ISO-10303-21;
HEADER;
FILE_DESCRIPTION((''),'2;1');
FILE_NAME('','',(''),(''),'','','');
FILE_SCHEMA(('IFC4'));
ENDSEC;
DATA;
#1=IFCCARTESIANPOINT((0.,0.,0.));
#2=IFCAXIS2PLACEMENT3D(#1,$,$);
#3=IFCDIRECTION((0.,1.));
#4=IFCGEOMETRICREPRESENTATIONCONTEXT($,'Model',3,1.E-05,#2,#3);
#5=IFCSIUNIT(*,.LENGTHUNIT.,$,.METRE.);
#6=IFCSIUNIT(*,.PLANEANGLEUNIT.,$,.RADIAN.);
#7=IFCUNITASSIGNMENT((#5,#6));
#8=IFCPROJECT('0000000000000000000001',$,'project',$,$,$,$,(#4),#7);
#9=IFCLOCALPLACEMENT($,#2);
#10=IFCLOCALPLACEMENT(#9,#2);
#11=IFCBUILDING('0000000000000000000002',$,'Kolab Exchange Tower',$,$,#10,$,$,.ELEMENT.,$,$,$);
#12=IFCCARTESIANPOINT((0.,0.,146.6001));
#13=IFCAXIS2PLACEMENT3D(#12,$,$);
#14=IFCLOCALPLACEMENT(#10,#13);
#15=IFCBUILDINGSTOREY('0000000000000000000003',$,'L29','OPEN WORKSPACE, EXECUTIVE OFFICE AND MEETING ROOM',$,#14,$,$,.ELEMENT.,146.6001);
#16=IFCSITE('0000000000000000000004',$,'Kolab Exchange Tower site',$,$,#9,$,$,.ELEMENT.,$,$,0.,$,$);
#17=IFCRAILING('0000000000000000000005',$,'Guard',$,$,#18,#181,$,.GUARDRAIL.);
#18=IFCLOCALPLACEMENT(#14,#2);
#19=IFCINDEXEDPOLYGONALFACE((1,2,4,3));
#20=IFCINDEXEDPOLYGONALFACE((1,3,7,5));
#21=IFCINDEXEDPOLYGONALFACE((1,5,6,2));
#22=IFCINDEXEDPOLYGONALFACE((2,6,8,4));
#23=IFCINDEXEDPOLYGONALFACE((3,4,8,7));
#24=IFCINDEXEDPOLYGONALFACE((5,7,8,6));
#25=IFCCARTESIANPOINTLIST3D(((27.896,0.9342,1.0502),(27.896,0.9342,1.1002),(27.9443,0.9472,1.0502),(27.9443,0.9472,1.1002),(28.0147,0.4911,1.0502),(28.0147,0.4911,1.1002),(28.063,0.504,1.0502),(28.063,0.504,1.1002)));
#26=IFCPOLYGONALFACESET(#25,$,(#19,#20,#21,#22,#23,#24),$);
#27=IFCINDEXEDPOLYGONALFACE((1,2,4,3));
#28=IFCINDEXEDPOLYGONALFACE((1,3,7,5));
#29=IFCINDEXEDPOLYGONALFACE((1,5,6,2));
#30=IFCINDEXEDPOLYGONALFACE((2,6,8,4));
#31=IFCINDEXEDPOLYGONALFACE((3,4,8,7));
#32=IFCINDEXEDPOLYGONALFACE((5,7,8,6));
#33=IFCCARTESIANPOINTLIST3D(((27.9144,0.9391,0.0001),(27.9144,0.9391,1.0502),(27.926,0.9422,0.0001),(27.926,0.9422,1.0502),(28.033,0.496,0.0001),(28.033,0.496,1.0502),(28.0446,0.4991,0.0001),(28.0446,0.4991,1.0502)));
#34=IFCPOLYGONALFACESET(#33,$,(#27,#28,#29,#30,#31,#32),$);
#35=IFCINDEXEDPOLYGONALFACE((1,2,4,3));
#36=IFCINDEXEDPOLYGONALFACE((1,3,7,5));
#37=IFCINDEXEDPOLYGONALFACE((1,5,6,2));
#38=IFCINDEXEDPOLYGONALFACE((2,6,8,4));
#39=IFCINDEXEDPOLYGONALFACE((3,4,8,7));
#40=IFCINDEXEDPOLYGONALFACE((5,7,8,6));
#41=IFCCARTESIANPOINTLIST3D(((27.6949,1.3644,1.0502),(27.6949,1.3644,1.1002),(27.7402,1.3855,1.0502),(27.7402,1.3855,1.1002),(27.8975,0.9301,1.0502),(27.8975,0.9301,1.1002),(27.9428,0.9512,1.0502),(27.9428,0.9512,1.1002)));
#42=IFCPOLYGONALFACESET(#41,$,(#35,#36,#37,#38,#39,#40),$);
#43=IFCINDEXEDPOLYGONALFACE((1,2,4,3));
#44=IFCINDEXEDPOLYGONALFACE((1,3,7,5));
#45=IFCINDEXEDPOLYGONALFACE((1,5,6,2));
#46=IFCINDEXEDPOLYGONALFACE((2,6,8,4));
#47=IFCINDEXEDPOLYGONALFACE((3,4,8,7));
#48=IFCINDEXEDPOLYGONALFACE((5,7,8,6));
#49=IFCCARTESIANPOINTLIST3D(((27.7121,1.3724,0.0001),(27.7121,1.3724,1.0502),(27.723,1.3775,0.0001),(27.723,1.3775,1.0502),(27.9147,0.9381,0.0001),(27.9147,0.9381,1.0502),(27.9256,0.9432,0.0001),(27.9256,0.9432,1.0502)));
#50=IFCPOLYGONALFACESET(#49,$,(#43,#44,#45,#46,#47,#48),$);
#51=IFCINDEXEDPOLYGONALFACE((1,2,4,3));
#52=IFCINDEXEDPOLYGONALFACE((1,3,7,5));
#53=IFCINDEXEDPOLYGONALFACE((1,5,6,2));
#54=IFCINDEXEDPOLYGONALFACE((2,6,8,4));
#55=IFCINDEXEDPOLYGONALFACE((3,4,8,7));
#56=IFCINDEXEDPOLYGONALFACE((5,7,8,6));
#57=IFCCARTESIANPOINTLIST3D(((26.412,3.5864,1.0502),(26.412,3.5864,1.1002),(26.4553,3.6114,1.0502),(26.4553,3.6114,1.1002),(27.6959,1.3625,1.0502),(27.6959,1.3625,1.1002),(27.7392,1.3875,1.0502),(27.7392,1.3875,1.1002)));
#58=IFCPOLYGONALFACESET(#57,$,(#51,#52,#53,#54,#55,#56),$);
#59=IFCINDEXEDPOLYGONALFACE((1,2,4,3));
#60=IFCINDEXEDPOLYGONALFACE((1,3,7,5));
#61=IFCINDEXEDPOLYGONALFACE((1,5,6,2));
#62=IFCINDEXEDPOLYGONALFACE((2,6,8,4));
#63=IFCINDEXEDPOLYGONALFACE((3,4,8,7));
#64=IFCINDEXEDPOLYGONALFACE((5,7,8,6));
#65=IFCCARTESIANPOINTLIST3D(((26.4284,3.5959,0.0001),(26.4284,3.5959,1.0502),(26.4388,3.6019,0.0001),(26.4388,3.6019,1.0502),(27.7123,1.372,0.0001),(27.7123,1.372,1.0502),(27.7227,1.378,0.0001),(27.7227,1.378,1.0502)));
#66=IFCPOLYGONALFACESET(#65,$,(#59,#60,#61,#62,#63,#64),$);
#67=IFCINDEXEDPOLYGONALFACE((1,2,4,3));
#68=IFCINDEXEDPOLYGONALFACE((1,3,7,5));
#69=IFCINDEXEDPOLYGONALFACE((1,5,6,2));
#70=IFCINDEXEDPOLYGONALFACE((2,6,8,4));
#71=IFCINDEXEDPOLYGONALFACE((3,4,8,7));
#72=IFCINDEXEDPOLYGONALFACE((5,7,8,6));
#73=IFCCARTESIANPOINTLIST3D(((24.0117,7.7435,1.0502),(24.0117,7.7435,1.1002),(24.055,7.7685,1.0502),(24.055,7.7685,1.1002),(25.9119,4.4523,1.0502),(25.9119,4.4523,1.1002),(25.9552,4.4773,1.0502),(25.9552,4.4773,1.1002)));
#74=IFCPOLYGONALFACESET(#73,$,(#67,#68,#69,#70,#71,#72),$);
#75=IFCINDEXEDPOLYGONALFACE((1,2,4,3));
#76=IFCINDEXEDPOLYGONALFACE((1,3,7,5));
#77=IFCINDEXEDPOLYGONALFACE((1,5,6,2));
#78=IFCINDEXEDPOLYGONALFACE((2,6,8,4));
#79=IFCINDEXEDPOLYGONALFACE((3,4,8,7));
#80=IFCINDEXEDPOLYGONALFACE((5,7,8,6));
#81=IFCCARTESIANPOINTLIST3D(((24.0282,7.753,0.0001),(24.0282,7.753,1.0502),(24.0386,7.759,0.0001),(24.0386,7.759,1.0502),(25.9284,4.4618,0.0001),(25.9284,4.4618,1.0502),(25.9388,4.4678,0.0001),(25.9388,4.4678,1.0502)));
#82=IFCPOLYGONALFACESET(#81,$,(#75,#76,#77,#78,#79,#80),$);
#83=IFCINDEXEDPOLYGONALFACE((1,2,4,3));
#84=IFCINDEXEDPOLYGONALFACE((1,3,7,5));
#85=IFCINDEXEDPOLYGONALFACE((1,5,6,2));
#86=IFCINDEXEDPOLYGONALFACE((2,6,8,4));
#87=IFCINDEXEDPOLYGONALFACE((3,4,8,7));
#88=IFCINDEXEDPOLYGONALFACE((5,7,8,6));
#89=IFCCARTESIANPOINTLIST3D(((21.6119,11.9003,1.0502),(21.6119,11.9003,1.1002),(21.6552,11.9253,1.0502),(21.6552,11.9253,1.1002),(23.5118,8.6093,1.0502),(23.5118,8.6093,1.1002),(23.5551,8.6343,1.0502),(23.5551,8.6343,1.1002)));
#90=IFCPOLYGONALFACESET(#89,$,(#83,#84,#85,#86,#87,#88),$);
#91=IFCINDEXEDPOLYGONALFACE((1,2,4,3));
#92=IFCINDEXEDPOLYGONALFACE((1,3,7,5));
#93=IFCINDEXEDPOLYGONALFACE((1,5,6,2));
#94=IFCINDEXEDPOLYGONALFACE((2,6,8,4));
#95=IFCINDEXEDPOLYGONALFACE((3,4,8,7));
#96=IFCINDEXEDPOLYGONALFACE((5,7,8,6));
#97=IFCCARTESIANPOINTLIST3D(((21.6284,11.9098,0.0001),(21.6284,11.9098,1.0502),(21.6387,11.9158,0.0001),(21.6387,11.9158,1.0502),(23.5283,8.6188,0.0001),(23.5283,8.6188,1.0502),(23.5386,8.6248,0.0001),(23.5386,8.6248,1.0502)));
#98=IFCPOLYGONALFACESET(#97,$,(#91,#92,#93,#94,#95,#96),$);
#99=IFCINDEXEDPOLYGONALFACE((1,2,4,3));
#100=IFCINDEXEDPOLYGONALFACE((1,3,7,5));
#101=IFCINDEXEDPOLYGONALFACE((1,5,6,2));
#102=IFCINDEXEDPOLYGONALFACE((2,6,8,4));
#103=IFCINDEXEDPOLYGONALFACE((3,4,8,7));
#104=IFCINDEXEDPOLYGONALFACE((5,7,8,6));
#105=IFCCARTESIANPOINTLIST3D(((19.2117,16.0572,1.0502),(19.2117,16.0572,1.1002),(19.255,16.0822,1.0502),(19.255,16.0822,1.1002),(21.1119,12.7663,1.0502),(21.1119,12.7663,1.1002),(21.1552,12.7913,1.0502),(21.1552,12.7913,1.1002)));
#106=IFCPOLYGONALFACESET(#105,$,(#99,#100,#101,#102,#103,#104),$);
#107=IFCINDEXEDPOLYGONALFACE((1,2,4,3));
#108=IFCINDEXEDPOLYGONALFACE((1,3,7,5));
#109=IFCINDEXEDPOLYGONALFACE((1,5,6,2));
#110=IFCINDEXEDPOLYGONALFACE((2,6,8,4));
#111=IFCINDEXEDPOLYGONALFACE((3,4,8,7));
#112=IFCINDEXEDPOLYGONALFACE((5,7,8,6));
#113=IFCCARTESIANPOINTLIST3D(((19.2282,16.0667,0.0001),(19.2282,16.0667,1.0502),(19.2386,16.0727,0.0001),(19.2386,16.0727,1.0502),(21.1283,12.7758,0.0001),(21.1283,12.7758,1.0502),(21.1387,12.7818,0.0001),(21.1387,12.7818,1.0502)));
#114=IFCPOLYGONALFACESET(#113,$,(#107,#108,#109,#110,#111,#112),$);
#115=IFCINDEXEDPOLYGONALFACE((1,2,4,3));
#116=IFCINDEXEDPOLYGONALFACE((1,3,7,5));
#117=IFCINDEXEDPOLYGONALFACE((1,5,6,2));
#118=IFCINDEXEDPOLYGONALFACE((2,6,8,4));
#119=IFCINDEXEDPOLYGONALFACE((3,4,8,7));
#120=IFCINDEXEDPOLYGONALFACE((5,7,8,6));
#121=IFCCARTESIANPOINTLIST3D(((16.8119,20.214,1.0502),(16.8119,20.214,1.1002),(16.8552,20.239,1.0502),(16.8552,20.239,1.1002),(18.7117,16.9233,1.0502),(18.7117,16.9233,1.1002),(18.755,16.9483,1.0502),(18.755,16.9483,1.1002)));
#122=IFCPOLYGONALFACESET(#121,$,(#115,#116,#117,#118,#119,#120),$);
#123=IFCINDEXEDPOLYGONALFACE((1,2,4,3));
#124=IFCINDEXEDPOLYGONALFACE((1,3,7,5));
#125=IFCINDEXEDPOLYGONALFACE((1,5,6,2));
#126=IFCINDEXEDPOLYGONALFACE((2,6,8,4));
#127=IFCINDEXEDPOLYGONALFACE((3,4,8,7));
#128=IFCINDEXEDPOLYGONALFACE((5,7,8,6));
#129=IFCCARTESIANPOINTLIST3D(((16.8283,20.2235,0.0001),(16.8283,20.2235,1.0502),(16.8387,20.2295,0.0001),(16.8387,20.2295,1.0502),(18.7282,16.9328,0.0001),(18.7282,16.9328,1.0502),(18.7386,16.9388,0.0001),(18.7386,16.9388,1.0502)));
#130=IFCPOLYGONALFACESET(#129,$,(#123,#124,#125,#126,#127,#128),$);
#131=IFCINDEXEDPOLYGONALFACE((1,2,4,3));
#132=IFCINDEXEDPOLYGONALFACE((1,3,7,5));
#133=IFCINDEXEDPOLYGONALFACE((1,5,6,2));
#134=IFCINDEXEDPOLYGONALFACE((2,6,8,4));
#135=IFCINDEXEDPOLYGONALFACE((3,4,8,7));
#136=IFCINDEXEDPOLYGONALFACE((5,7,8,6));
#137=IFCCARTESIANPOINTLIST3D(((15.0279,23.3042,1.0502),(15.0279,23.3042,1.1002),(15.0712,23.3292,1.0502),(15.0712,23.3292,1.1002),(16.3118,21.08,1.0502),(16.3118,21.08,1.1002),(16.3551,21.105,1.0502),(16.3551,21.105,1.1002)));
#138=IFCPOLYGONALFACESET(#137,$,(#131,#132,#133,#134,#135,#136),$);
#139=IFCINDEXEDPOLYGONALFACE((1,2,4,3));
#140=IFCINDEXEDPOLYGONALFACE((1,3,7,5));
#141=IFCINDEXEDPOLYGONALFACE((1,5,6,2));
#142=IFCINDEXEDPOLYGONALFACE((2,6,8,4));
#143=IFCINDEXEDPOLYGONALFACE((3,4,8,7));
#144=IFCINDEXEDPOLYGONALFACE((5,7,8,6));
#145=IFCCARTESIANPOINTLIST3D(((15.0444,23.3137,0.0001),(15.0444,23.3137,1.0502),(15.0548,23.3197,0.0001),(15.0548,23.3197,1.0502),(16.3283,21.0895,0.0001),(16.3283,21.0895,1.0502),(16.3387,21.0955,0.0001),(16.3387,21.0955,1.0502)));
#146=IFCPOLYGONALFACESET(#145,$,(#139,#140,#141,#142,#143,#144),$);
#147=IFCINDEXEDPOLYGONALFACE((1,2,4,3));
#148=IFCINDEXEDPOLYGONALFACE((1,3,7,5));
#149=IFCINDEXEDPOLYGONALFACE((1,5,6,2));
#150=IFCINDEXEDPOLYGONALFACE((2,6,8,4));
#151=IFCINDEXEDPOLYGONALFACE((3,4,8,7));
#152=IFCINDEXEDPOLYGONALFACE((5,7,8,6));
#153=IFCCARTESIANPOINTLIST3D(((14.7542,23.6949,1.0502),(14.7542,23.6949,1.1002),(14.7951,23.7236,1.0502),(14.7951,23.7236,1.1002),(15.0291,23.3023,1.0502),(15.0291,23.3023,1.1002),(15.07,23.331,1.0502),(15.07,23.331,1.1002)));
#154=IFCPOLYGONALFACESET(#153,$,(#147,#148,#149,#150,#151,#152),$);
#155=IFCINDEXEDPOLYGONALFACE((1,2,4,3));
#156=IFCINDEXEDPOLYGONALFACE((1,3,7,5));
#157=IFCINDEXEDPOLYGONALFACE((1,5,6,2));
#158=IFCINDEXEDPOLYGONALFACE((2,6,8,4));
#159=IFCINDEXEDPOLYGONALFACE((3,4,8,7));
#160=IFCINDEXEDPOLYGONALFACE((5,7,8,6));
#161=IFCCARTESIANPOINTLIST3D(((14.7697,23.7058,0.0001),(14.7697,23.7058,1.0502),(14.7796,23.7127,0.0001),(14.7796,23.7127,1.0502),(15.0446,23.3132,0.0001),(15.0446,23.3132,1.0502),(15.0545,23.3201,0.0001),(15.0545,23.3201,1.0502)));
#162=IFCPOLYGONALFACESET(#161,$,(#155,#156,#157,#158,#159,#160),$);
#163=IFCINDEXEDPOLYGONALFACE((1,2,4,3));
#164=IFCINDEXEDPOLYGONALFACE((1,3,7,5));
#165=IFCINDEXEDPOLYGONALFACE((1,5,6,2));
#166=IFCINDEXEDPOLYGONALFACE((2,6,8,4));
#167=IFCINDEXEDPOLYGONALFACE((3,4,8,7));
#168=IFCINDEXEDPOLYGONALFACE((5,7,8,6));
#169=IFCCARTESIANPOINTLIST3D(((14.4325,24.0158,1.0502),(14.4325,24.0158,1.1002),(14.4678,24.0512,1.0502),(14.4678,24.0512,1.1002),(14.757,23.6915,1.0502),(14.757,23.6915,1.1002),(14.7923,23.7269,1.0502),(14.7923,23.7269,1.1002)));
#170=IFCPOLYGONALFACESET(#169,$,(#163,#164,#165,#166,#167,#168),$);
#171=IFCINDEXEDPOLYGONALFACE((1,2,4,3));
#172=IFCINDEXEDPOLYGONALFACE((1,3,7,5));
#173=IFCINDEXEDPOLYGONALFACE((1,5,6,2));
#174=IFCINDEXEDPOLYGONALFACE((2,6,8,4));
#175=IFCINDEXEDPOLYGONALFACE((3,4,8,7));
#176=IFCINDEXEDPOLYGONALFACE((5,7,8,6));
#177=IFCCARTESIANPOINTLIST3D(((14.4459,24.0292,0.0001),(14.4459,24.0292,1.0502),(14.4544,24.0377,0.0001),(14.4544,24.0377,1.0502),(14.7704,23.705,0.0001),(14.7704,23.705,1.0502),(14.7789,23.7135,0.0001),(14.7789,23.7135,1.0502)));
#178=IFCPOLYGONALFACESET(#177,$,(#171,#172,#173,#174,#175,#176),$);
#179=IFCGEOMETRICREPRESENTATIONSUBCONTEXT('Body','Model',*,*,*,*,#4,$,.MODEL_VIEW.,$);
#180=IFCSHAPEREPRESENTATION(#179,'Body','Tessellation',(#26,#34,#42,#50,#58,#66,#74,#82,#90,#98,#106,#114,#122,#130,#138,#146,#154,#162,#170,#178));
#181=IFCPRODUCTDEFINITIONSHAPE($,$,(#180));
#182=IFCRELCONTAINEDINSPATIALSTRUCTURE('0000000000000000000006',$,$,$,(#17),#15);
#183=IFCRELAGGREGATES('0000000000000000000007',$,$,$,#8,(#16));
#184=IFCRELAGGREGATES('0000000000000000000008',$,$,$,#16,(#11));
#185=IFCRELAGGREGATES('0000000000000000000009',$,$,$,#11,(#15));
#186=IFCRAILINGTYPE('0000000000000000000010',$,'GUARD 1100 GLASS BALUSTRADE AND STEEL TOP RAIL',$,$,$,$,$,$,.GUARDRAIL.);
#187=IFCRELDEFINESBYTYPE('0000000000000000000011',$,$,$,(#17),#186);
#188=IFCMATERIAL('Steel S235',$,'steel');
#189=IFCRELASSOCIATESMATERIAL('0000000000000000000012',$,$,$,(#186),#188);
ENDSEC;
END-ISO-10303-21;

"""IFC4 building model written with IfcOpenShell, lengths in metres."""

from ifc_helpers import new_model, si_unit, direction, frame, frame_2d, origin, origin_2d, place, context, subcontext, project, spatial, rectangle, extrude, material, type_object, element, save


model = new_model("IFC4")

# Units and contexts
model_context = context("Model", 3, precision=1e-05, world=origin(), true_north=direction((0.0, 1.0)))
body_context = subcontext(model_context, "Body", "Model", "MODEL_VIEW")
ifc_project = project(units=[si_unit("LENGTHUNIT", "METRE"), si_unit("PLANEANGLEUNIT", "RADIAN")], contexts=[model_context])

# Site, building, storey
site_placement = place(None, origin())
site = spatial("IfcSite", under=ifc_project, at=site_placement, Name="Kolab Exchange Tower site", CompositionType="ELEMENT", RefElevation=0.0)
building_placement = place(site_placement, origin())
building = spatial("IfcBuilding", under=site, at=building_placement, Name="Kolab Exchange Tower", CompositionType="ELEMENT")
storey_placement = place(building_placement, frame((0.0, 0.0, 146.6001)))
storey = spatial("IfcBuildingStorey", under=building, at=storey_placement, Name="L29", Description="OPEN WORKSPACE, EXECUTIVE OFFICE AND MEETING ROOM", CompositionType="ELEMENT", Elevation=146.6001)

# Railing
ifc_material_1 = material(Name="Steel S235", Category="steel")
railing_type = type_object("IfcRailingType", Name="GUARD 1100 GLASS BALUSTRADE AND STEEL TOP RAIL", PredefinedType="GUARDRAIL", material=ifc_material_1)
railing_placement = place(storey_placement, frame((28.0388, 0.4976, 0.0)))
element("IfcRailing", 1, at=railing_placement, inside=storey, type_object=railing_type, Name="Guard", PredefinedType="GUARDRAIL", context=body_context, shape_type="SweptSolid", body=[
    extrude(rectangle(XDim=0.05, YDim=0.05, at=origin_2d()), frame((0.0, 0.0, 1.0752), z_axis=(-0.258656, 0.965969, 0.0), x_axis=(-0.965969, -0.258656, 0.0)), (0.0, 0.0, 1.0), 0.4587),
    extrude(rectangle(XDim=0.012, YDim=1.0501, at=frame_2d((0.0, 0.5251))), frame((0.0, 0.0, 0.0), z_axis=(-0.258656, 0.965969, 0.0), x_axis=(-0.965969, -0.258656, 0.0)), (0.0, 0.0, 1.0), 0.4587),
    extrude(rectangle(XDim=0.05, YDim=0.05, at=origin_2d()), frame((-0.1187, 0.4431, 1.0752), z_axis=(-0.422802, 0.906222, 0.0), x_axis=(-0.906222, -0.422802, 0.0)), (0.0, 0.0, 1.0), 0.4792),
    extrude(rectangle(XDim=0.012, YDim=1.0501, at=frame_2d((0.0, 0.5251))), frame((-0.1187, 0.4431, 0.0), z_axis=(-0.422802, 0.906222, 0.0), x_axis=(-0.906222, -0.422802, 0.0)), (0.0, 0.0, 1.0), 0.4792),
    extrude(rectangle(XDim=0.05, YDim=0.05, at=origin_2d()), frame((-0.3213, 0.8774, 1.0752), z_axis=(-0.499994, 0.866029, 0.0), x_axis=(-0.866029, -0.499994, 0.0)), (0.0, 0.0, 1.0), 2.5679),
    extrude(rectangle(XDim=0.012, YDim=1.0501, at=frame_2d((0.0, 0.5251))), frame((-0.3213, 0.8774, 0.0), z_axis=(-0.499994, 0.866029, 0.0), x_axis=(-0.866029, -0.499994, 0.0)), (0.0, 0.0, 1.0), 2.5679),
    extrude(rectangle(XDim=0.05, YDim=0.05, at=origin_2d()), frame((-2.1052, 3.9673, 1.0752), z_axis=(-0.500015, 0.866017, 0.0), x_axis=(-0.866017, -0.500015, 0.0)), (0.0, 0.0, 1.0), 3.8003),
    extrude(rectangle(XDim=0.012, YDim=1.0501, at=frame_2d((0.0, 0.5251))), frame((-2.1052, 3.9673, 0.0), z_axis=(-0.500015, 0.866017, 0.0), x_axis=(-0.866017, -0.500015, 0.0)), (0.0, 0.0, 1.0), 3.8003),
    extrude(rectangle(XDim=0.05, YDim=0.05, at=origin_2d()), frame((-4.5054, 8.1243, 1.0752), z_axis=(-0.499967, 0.866044, 0.0), x_axis=(-0.866044, -0.499967, 0.0)), (0.0, 0.0, 1.0), 3.8),
    extrude(rectangle(XDim=0.012, YDim=1.0501, at=frame_2d((0.0, 0.5251))), frame((-4.5054, 8.1243, 0.0), z_axis=(-0.499967, 0.866044, 0.0), x_axis=(-0.866044, -0.499967, 0.0)), (0.0, 0.0, 1.0), 3.8),
    extrude(rectangle(XDim=0.05, YDim=0.05, at=origin_2d()), frame((-6.9053, 12.2812, 1.0752), z_axis=(-0.500043, 0.866, 0.0), x_axis=(-0.866, -0.500043, 0.0)), (0.0, 0.0, 1.0), 3.8),
    extrude(rectangle(XDim=0.012, YDim=1.0501, at=frame_2d((0.0, 0.5251))), frame((-6.9053, 12.2812, 0.0), z_axis=(-0.500043, 0.866, 0.0), x_axis=(-0.866, -0.500043, 0.0)), (0.0, 0.0, 1.0), 3.8),
    extrude(rectangle(XDim=0.05, YDim=0.05, at=origin_2d()), frame((-9.3054, 16.4382, 1.0752), z_axis=(-0.499995, 0.866028, 0.0), x_axis=(-0.866028, -0.499995, 0.0)), (0.0, 0.0, 1.0), 3.7998),
    extrude(rectangle(XDim=0.012, YDim=1.0501, at=frame_2d((0.0, 0.5251))), frame((-9.3054, 16.4382, 0.0), z_axis=(-0.499995, 0.866028, 0.0), x_axis=(-0.866028, -0.499995, 0.0)), (0.0, 0.0, 1.0), 3.7998),
    extrude(rectangle(XDim=0.05, YDim=0.05, at=origin_2d()), frame((-11.7053, 20.595, 1.0752), z_axis=(-0.499953, 0.866053, 0.0), x_axis=(-0.866053, -0.499953, 0.0)), (0.0, 0.0, 1.0), 2.5681),
    extrude(rectangle(XDim=0.012, YDim=1.0501, at=frame_2d((0.0, 0.5251))), frame((-11.7053, 20.595, 0.0), z_axis=(-0.499953, 0.866053, 0.0), x_axis=(-0.866053, -0.499953, 0.0)), (0.0, 0.0, 1.0), 2.5681),
    extrude(rectangle(XDim=0.05, YDim=0.05, at=origin_2d()), frame((-12.9893, 22.8191, 1.0752), z_axis=(-0.573599, 0.819136, 0.0), x_axis=(-0.819136, -0.573599, 0.0)), (0.0, 0.0, 1.0), 0.4792),
    extrude(rectangle(XDim=0.012, YDim=1.0501, at=frame_2d((0.0, 0.5251))), frame((-12.9893, 22.8191, 0.0), z_axis=(-0.573599, 0.819136, 0.0), x_axis=(-0.819136, -0.573599, 0.0)), (0.0, 0.0, 1.0), 0.4792),
    extrude(rectangle(XDim=0.05, YDim=0.05, at=origin_2d()), frame((-13.2642, 23.2117, 1.0752), z_axis=(-0.707373, 0.706841, 0.0), x_axis=(-0.706841, -0.707373, 0.0)), (0.0, 0.0, 1.0), 0.4587),
    extrude(rectangle(XDim=0.012, YDim=1.0501, at=frame_2d((0.0, 0.5251))), frame((-13.2642, 23.2117, 0.0), z_axis=(-0.707373, 0.706841, 0.0), x_axis=(-0.706841, -0.707373, 0.0)), (0.0, 0.0, 1.0), 0.4587),
])

save(model, "model.ifc")
